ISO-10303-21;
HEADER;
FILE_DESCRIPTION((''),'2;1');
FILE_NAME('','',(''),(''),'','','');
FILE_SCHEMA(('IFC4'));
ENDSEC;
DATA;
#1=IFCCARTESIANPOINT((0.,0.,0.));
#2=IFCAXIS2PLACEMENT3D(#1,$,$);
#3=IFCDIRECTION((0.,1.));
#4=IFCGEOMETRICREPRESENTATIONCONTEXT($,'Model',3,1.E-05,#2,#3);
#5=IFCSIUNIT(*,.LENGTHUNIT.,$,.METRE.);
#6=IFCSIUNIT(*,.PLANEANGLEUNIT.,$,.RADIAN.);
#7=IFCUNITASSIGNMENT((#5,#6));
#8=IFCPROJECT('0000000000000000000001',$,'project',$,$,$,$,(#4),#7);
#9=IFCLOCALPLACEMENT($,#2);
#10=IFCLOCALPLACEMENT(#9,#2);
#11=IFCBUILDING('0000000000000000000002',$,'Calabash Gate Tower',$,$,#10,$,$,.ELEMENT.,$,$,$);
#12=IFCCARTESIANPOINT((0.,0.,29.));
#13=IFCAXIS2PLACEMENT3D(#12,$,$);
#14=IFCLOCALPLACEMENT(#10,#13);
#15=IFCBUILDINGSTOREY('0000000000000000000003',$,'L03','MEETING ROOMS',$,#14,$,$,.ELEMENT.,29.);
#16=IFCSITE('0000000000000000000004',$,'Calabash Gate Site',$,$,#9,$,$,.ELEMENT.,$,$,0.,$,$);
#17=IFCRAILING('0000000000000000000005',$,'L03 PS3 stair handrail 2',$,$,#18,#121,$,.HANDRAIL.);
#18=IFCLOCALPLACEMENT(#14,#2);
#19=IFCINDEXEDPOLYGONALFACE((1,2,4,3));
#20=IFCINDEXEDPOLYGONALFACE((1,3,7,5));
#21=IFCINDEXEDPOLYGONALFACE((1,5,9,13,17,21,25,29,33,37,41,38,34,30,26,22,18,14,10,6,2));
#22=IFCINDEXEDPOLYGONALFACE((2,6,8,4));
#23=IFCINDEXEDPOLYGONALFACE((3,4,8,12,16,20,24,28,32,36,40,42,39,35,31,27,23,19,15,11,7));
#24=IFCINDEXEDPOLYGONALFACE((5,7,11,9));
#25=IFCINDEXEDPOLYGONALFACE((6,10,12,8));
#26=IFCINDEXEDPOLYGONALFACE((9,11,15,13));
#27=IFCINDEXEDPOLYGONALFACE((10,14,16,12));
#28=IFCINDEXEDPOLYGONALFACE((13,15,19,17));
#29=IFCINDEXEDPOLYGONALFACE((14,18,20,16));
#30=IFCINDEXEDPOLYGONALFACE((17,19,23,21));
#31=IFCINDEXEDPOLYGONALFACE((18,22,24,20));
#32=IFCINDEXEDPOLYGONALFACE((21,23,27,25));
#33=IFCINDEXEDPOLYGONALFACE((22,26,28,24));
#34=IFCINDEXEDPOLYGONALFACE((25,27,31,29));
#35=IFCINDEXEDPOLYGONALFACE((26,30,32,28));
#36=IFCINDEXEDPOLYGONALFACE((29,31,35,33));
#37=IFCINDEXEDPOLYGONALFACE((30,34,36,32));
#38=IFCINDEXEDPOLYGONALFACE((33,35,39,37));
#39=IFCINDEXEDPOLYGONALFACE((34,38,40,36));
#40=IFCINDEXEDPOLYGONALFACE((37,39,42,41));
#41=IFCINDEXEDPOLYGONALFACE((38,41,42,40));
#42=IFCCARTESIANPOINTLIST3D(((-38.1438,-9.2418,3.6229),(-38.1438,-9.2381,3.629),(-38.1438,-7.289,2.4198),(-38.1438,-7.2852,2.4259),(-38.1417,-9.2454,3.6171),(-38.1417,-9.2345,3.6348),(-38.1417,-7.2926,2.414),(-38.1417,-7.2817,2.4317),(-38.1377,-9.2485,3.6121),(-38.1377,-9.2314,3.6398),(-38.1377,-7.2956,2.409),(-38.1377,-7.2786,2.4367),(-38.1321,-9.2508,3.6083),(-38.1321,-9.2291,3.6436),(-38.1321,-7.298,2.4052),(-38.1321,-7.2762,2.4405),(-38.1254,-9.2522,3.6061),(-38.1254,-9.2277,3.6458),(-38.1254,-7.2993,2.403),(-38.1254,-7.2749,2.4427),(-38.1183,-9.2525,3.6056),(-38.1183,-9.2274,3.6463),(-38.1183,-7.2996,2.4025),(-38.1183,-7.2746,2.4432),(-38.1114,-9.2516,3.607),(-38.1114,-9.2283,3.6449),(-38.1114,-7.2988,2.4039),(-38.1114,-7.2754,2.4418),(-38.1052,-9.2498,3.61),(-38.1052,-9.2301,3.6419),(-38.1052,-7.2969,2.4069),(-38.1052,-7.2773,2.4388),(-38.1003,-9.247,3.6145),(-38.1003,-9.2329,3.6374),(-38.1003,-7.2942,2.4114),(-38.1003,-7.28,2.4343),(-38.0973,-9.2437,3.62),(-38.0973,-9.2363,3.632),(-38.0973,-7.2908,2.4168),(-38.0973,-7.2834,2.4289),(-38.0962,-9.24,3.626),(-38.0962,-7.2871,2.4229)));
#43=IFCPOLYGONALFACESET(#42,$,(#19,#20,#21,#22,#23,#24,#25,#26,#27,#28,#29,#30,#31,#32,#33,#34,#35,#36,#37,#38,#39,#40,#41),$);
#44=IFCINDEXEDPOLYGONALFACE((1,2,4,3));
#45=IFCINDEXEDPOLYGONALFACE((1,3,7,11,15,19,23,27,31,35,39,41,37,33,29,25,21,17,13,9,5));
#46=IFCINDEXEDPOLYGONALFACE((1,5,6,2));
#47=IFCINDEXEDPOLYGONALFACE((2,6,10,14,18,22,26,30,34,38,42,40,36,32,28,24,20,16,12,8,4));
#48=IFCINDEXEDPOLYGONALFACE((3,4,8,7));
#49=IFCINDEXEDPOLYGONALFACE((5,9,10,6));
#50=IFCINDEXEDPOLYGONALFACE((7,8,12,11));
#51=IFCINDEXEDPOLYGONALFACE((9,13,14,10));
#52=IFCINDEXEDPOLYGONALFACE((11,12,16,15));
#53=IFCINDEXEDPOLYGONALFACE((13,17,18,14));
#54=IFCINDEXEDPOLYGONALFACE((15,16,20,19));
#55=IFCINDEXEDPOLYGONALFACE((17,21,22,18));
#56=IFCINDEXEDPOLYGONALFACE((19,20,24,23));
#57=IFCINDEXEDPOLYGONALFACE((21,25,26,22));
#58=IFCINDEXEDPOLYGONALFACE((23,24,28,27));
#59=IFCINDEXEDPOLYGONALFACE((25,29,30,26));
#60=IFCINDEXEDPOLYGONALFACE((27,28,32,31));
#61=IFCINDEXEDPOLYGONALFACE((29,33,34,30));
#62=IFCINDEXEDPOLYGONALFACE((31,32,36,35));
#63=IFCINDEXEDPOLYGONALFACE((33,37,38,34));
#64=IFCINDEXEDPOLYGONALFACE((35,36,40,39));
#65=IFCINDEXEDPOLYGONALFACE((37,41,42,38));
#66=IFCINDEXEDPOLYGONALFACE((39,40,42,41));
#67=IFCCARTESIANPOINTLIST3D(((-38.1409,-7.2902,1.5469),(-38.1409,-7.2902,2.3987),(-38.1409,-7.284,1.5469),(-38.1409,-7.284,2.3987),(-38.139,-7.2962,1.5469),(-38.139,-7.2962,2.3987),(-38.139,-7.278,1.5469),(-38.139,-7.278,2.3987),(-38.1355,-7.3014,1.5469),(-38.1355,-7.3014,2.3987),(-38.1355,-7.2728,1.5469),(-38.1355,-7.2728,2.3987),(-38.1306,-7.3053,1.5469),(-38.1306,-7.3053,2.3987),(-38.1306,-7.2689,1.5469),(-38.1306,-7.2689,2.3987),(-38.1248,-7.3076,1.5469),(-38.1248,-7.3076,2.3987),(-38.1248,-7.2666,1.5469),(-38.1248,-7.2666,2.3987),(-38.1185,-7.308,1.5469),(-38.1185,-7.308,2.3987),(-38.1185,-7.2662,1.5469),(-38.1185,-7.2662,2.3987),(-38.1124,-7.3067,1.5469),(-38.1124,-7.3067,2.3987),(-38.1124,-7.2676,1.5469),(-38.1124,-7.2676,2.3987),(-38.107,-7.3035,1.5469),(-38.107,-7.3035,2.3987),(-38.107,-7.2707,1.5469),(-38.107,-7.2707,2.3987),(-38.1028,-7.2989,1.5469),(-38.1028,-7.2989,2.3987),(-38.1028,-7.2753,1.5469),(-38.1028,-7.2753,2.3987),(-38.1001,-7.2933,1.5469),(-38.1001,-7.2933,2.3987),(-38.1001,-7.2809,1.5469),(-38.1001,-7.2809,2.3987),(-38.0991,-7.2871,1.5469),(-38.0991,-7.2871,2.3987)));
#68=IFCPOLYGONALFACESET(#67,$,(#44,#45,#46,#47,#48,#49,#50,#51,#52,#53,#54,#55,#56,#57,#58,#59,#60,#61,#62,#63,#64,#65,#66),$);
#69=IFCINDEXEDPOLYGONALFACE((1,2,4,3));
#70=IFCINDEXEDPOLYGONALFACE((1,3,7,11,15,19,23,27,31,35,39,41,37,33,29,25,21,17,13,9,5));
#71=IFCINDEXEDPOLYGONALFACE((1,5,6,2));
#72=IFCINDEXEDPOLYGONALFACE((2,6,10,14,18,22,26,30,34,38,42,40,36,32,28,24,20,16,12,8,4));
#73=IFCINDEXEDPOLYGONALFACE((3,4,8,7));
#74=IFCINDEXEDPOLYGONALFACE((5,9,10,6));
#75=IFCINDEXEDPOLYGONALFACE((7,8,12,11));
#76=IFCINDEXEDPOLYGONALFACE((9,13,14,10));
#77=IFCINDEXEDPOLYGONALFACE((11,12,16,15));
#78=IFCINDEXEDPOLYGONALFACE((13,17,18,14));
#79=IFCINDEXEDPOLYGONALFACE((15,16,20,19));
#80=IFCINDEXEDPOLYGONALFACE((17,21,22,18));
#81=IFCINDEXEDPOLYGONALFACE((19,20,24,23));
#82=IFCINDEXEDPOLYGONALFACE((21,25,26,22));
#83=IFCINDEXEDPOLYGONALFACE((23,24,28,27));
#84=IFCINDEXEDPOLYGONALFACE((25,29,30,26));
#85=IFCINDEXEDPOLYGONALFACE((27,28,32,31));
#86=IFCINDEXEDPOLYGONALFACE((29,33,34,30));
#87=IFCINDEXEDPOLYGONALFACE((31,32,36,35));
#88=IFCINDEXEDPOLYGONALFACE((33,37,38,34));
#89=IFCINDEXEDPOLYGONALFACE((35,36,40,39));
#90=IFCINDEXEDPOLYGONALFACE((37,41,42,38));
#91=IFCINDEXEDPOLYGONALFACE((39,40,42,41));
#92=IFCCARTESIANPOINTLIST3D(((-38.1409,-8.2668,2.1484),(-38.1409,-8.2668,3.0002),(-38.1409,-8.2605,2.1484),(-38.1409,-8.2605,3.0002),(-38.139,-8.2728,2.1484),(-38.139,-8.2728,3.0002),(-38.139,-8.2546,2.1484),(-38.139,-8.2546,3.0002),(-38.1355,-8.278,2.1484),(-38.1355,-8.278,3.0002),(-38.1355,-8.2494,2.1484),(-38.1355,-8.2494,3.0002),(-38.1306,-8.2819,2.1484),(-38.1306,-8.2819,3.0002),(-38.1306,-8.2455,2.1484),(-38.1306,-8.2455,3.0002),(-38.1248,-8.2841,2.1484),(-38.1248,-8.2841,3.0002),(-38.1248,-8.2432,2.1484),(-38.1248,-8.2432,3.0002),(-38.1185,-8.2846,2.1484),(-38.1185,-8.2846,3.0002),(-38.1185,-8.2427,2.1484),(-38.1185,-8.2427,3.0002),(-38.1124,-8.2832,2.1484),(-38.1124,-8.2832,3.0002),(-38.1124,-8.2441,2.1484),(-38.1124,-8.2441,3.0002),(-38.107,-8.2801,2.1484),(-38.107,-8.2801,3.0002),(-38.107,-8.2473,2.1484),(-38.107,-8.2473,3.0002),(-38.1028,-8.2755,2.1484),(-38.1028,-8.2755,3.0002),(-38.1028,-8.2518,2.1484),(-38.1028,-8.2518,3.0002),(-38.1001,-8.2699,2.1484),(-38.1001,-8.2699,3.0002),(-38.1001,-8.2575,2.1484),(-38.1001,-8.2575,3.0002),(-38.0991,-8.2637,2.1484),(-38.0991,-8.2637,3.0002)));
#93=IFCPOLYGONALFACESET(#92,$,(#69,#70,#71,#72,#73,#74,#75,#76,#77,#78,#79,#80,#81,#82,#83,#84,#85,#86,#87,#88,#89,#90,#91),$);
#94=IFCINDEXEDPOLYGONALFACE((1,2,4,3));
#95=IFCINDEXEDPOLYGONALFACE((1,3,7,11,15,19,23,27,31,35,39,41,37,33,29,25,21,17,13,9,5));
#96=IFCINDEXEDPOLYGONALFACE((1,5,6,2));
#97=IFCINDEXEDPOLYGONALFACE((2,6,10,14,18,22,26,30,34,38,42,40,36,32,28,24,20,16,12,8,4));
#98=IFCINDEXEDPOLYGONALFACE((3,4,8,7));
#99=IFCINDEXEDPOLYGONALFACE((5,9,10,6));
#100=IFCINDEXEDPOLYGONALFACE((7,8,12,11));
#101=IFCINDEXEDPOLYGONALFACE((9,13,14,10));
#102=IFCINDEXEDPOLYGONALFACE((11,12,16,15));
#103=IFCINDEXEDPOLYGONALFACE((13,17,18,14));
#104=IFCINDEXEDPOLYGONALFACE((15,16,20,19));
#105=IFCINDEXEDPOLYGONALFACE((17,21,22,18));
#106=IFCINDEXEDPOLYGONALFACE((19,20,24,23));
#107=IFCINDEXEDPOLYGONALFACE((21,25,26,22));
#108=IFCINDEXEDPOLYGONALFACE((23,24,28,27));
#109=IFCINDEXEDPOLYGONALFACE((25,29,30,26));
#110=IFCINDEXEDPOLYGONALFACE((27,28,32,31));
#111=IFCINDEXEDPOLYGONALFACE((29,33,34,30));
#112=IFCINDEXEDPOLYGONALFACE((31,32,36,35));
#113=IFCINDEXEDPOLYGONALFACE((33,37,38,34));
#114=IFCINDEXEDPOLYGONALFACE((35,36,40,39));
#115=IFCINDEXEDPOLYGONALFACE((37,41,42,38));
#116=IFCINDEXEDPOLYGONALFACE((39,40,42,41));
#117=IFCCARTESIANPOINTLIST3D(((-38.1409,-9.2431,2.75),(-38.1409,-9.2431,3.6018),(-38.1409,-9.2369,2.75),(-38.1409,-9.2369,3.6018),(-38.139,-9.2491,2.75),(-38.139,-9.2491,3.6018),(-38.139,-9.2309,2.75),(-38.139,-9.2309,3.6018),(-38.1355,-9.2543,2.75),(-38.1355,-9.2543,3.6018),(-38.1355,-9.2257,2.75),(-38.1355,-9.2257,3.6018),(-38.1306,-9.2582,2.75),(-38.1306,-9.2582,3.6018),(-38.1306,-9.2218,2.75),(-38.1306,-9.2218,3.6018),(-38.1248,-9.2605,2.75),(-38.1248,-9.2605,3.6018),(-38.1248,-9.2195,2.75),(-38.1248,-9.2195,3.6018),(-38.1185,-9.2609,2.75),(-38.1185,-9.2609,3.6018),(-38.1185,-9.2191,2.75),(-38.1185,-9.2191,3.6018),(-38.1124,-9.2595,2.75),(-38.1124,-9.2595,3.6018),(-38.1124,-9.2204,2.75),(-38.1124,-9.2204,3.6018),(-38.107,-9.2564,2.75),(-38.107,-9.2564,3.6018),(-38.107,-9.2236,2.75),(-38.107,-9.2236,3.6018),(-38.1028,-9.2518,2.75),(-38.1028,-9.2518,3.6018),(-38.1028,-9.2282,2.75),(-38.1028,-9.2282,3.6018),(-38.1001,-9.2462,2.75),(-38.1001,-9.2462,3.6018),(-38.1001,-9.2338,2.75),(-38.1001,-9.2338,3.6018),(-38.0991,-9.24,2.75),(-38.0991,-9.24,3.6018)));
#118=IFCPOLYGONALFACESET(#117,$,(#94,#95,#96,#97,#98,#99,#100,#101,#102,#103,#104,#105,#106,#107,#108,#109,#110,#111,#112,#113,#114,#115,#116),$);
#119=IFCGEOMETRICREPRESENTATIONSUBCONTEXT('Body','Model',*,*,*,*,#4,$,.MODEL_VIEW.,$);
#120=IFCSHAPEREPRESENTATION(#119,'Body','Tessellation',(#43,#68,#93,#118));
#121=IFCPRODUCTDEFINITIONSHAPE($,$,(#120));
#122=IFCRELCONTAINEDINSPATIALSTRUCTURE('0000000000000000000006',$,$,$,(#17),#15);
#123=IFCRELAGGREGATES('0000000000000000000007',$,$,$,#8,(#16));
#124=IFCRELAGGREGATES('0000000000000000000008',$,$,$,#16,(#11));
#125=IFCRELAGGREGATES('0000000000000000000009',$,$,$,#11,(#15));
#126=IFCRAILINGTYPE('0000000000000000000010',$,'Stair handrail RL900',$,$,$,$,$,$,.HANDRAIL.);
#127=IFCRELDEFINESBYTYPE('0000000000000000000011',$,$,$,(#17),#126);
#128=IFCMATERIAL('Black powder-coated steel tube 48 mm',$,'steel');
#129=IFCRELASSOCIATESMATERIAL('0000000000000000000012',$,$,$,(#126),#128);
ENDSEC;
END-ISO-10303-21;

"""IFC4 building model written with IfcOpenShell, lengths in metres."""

from ifc_helpers import new_model, si_unit, direction, frame, origin, origin_2d, place, context, subcontext, project, spatial, circle, extrude, material, type_object, element, save


model = new_model("IFC4")

# Units and contexts
model_context = context("Model", 3, precision=1e-05, world=origin(), true_north=direction((0.0, 1.0)))
body_context = subcontext(model_context, "Body", "Model", "MODEL_VIEW")
ifc_project = project(units=[si_unit("LENGTHUNIT", "METRE"), si_unit("PLANEANGLEUNIT", "RADIAN")], contexts=[model_context])

# Site, building, storey
site_placement = place(None, origin())
site = spatial("IfcSite", under=ifc_project, at=site_placement, Name="Calabash Gate Site", CompositionType="ELEMENT", RefElevation=0.0)
building_placement = place(site_placement, origin())
building = spatial("IfcBuilding", under=site, at=building_placement, Name="Calabash Gate Tower", CompositionType="ELEMENT")
storey_placement = place(building_placement, frame((0.0, 0.0, 29.0)))
storey = spatial("IfcBuildingStorey", under=building, at=storey_placement, Name="L03", Description="MEETING ROOMS", CompositionType="ELEMENT", Elevation=29.0)

# Railing
ifc_material_1 = material(Name="Black powder-coated steel tube 48 mm", Category="steel")
railing_type_1 = type_object("IfcRailingType", Name="Stair handrail RL900", PredefinedType="HANDRAIL", material=ifc_material_1)
railing_1_placement = place(storey_placement, frame((-38.1201, -7.2871, 1.5469)))
element("IfcRailing", 1, at=railing_1_placement, inside=storey, type_object=railing_type_1, Name="L03 PS3 stair handrail 2", PredefinedType="HANDRAIL", context=body_context, shape_type="SweptSolid", body=[
    extrude(circle(Radius=0.0239, at=origin_2d()), frame((0.0, 0.0, 0.876), z_axis=(0.0, -0.851395, 0.524525), x_axis=(1.0, 0.0, 0.0)), (0.0, 0.0, 1.0), 2.2937),
    extrude(circle(Radius=0.021, at=origin_2d()), origin(), (0.0, 0.0, 1.0), 0.8518),
    extrude(circle(Radius=0.021, at=origin_2d()), frame((0.0, -0.9766, 0.6016)), (0.0, 0.0, 1.0), 0.8518),
    extrude(circle(Radius=0.021, at=origin_2d()), frame((0.0, -1.9529, 1.2031)), (0.0, 0.0, 1.0), 0.8518),
])

save(model, "model.ifc")
